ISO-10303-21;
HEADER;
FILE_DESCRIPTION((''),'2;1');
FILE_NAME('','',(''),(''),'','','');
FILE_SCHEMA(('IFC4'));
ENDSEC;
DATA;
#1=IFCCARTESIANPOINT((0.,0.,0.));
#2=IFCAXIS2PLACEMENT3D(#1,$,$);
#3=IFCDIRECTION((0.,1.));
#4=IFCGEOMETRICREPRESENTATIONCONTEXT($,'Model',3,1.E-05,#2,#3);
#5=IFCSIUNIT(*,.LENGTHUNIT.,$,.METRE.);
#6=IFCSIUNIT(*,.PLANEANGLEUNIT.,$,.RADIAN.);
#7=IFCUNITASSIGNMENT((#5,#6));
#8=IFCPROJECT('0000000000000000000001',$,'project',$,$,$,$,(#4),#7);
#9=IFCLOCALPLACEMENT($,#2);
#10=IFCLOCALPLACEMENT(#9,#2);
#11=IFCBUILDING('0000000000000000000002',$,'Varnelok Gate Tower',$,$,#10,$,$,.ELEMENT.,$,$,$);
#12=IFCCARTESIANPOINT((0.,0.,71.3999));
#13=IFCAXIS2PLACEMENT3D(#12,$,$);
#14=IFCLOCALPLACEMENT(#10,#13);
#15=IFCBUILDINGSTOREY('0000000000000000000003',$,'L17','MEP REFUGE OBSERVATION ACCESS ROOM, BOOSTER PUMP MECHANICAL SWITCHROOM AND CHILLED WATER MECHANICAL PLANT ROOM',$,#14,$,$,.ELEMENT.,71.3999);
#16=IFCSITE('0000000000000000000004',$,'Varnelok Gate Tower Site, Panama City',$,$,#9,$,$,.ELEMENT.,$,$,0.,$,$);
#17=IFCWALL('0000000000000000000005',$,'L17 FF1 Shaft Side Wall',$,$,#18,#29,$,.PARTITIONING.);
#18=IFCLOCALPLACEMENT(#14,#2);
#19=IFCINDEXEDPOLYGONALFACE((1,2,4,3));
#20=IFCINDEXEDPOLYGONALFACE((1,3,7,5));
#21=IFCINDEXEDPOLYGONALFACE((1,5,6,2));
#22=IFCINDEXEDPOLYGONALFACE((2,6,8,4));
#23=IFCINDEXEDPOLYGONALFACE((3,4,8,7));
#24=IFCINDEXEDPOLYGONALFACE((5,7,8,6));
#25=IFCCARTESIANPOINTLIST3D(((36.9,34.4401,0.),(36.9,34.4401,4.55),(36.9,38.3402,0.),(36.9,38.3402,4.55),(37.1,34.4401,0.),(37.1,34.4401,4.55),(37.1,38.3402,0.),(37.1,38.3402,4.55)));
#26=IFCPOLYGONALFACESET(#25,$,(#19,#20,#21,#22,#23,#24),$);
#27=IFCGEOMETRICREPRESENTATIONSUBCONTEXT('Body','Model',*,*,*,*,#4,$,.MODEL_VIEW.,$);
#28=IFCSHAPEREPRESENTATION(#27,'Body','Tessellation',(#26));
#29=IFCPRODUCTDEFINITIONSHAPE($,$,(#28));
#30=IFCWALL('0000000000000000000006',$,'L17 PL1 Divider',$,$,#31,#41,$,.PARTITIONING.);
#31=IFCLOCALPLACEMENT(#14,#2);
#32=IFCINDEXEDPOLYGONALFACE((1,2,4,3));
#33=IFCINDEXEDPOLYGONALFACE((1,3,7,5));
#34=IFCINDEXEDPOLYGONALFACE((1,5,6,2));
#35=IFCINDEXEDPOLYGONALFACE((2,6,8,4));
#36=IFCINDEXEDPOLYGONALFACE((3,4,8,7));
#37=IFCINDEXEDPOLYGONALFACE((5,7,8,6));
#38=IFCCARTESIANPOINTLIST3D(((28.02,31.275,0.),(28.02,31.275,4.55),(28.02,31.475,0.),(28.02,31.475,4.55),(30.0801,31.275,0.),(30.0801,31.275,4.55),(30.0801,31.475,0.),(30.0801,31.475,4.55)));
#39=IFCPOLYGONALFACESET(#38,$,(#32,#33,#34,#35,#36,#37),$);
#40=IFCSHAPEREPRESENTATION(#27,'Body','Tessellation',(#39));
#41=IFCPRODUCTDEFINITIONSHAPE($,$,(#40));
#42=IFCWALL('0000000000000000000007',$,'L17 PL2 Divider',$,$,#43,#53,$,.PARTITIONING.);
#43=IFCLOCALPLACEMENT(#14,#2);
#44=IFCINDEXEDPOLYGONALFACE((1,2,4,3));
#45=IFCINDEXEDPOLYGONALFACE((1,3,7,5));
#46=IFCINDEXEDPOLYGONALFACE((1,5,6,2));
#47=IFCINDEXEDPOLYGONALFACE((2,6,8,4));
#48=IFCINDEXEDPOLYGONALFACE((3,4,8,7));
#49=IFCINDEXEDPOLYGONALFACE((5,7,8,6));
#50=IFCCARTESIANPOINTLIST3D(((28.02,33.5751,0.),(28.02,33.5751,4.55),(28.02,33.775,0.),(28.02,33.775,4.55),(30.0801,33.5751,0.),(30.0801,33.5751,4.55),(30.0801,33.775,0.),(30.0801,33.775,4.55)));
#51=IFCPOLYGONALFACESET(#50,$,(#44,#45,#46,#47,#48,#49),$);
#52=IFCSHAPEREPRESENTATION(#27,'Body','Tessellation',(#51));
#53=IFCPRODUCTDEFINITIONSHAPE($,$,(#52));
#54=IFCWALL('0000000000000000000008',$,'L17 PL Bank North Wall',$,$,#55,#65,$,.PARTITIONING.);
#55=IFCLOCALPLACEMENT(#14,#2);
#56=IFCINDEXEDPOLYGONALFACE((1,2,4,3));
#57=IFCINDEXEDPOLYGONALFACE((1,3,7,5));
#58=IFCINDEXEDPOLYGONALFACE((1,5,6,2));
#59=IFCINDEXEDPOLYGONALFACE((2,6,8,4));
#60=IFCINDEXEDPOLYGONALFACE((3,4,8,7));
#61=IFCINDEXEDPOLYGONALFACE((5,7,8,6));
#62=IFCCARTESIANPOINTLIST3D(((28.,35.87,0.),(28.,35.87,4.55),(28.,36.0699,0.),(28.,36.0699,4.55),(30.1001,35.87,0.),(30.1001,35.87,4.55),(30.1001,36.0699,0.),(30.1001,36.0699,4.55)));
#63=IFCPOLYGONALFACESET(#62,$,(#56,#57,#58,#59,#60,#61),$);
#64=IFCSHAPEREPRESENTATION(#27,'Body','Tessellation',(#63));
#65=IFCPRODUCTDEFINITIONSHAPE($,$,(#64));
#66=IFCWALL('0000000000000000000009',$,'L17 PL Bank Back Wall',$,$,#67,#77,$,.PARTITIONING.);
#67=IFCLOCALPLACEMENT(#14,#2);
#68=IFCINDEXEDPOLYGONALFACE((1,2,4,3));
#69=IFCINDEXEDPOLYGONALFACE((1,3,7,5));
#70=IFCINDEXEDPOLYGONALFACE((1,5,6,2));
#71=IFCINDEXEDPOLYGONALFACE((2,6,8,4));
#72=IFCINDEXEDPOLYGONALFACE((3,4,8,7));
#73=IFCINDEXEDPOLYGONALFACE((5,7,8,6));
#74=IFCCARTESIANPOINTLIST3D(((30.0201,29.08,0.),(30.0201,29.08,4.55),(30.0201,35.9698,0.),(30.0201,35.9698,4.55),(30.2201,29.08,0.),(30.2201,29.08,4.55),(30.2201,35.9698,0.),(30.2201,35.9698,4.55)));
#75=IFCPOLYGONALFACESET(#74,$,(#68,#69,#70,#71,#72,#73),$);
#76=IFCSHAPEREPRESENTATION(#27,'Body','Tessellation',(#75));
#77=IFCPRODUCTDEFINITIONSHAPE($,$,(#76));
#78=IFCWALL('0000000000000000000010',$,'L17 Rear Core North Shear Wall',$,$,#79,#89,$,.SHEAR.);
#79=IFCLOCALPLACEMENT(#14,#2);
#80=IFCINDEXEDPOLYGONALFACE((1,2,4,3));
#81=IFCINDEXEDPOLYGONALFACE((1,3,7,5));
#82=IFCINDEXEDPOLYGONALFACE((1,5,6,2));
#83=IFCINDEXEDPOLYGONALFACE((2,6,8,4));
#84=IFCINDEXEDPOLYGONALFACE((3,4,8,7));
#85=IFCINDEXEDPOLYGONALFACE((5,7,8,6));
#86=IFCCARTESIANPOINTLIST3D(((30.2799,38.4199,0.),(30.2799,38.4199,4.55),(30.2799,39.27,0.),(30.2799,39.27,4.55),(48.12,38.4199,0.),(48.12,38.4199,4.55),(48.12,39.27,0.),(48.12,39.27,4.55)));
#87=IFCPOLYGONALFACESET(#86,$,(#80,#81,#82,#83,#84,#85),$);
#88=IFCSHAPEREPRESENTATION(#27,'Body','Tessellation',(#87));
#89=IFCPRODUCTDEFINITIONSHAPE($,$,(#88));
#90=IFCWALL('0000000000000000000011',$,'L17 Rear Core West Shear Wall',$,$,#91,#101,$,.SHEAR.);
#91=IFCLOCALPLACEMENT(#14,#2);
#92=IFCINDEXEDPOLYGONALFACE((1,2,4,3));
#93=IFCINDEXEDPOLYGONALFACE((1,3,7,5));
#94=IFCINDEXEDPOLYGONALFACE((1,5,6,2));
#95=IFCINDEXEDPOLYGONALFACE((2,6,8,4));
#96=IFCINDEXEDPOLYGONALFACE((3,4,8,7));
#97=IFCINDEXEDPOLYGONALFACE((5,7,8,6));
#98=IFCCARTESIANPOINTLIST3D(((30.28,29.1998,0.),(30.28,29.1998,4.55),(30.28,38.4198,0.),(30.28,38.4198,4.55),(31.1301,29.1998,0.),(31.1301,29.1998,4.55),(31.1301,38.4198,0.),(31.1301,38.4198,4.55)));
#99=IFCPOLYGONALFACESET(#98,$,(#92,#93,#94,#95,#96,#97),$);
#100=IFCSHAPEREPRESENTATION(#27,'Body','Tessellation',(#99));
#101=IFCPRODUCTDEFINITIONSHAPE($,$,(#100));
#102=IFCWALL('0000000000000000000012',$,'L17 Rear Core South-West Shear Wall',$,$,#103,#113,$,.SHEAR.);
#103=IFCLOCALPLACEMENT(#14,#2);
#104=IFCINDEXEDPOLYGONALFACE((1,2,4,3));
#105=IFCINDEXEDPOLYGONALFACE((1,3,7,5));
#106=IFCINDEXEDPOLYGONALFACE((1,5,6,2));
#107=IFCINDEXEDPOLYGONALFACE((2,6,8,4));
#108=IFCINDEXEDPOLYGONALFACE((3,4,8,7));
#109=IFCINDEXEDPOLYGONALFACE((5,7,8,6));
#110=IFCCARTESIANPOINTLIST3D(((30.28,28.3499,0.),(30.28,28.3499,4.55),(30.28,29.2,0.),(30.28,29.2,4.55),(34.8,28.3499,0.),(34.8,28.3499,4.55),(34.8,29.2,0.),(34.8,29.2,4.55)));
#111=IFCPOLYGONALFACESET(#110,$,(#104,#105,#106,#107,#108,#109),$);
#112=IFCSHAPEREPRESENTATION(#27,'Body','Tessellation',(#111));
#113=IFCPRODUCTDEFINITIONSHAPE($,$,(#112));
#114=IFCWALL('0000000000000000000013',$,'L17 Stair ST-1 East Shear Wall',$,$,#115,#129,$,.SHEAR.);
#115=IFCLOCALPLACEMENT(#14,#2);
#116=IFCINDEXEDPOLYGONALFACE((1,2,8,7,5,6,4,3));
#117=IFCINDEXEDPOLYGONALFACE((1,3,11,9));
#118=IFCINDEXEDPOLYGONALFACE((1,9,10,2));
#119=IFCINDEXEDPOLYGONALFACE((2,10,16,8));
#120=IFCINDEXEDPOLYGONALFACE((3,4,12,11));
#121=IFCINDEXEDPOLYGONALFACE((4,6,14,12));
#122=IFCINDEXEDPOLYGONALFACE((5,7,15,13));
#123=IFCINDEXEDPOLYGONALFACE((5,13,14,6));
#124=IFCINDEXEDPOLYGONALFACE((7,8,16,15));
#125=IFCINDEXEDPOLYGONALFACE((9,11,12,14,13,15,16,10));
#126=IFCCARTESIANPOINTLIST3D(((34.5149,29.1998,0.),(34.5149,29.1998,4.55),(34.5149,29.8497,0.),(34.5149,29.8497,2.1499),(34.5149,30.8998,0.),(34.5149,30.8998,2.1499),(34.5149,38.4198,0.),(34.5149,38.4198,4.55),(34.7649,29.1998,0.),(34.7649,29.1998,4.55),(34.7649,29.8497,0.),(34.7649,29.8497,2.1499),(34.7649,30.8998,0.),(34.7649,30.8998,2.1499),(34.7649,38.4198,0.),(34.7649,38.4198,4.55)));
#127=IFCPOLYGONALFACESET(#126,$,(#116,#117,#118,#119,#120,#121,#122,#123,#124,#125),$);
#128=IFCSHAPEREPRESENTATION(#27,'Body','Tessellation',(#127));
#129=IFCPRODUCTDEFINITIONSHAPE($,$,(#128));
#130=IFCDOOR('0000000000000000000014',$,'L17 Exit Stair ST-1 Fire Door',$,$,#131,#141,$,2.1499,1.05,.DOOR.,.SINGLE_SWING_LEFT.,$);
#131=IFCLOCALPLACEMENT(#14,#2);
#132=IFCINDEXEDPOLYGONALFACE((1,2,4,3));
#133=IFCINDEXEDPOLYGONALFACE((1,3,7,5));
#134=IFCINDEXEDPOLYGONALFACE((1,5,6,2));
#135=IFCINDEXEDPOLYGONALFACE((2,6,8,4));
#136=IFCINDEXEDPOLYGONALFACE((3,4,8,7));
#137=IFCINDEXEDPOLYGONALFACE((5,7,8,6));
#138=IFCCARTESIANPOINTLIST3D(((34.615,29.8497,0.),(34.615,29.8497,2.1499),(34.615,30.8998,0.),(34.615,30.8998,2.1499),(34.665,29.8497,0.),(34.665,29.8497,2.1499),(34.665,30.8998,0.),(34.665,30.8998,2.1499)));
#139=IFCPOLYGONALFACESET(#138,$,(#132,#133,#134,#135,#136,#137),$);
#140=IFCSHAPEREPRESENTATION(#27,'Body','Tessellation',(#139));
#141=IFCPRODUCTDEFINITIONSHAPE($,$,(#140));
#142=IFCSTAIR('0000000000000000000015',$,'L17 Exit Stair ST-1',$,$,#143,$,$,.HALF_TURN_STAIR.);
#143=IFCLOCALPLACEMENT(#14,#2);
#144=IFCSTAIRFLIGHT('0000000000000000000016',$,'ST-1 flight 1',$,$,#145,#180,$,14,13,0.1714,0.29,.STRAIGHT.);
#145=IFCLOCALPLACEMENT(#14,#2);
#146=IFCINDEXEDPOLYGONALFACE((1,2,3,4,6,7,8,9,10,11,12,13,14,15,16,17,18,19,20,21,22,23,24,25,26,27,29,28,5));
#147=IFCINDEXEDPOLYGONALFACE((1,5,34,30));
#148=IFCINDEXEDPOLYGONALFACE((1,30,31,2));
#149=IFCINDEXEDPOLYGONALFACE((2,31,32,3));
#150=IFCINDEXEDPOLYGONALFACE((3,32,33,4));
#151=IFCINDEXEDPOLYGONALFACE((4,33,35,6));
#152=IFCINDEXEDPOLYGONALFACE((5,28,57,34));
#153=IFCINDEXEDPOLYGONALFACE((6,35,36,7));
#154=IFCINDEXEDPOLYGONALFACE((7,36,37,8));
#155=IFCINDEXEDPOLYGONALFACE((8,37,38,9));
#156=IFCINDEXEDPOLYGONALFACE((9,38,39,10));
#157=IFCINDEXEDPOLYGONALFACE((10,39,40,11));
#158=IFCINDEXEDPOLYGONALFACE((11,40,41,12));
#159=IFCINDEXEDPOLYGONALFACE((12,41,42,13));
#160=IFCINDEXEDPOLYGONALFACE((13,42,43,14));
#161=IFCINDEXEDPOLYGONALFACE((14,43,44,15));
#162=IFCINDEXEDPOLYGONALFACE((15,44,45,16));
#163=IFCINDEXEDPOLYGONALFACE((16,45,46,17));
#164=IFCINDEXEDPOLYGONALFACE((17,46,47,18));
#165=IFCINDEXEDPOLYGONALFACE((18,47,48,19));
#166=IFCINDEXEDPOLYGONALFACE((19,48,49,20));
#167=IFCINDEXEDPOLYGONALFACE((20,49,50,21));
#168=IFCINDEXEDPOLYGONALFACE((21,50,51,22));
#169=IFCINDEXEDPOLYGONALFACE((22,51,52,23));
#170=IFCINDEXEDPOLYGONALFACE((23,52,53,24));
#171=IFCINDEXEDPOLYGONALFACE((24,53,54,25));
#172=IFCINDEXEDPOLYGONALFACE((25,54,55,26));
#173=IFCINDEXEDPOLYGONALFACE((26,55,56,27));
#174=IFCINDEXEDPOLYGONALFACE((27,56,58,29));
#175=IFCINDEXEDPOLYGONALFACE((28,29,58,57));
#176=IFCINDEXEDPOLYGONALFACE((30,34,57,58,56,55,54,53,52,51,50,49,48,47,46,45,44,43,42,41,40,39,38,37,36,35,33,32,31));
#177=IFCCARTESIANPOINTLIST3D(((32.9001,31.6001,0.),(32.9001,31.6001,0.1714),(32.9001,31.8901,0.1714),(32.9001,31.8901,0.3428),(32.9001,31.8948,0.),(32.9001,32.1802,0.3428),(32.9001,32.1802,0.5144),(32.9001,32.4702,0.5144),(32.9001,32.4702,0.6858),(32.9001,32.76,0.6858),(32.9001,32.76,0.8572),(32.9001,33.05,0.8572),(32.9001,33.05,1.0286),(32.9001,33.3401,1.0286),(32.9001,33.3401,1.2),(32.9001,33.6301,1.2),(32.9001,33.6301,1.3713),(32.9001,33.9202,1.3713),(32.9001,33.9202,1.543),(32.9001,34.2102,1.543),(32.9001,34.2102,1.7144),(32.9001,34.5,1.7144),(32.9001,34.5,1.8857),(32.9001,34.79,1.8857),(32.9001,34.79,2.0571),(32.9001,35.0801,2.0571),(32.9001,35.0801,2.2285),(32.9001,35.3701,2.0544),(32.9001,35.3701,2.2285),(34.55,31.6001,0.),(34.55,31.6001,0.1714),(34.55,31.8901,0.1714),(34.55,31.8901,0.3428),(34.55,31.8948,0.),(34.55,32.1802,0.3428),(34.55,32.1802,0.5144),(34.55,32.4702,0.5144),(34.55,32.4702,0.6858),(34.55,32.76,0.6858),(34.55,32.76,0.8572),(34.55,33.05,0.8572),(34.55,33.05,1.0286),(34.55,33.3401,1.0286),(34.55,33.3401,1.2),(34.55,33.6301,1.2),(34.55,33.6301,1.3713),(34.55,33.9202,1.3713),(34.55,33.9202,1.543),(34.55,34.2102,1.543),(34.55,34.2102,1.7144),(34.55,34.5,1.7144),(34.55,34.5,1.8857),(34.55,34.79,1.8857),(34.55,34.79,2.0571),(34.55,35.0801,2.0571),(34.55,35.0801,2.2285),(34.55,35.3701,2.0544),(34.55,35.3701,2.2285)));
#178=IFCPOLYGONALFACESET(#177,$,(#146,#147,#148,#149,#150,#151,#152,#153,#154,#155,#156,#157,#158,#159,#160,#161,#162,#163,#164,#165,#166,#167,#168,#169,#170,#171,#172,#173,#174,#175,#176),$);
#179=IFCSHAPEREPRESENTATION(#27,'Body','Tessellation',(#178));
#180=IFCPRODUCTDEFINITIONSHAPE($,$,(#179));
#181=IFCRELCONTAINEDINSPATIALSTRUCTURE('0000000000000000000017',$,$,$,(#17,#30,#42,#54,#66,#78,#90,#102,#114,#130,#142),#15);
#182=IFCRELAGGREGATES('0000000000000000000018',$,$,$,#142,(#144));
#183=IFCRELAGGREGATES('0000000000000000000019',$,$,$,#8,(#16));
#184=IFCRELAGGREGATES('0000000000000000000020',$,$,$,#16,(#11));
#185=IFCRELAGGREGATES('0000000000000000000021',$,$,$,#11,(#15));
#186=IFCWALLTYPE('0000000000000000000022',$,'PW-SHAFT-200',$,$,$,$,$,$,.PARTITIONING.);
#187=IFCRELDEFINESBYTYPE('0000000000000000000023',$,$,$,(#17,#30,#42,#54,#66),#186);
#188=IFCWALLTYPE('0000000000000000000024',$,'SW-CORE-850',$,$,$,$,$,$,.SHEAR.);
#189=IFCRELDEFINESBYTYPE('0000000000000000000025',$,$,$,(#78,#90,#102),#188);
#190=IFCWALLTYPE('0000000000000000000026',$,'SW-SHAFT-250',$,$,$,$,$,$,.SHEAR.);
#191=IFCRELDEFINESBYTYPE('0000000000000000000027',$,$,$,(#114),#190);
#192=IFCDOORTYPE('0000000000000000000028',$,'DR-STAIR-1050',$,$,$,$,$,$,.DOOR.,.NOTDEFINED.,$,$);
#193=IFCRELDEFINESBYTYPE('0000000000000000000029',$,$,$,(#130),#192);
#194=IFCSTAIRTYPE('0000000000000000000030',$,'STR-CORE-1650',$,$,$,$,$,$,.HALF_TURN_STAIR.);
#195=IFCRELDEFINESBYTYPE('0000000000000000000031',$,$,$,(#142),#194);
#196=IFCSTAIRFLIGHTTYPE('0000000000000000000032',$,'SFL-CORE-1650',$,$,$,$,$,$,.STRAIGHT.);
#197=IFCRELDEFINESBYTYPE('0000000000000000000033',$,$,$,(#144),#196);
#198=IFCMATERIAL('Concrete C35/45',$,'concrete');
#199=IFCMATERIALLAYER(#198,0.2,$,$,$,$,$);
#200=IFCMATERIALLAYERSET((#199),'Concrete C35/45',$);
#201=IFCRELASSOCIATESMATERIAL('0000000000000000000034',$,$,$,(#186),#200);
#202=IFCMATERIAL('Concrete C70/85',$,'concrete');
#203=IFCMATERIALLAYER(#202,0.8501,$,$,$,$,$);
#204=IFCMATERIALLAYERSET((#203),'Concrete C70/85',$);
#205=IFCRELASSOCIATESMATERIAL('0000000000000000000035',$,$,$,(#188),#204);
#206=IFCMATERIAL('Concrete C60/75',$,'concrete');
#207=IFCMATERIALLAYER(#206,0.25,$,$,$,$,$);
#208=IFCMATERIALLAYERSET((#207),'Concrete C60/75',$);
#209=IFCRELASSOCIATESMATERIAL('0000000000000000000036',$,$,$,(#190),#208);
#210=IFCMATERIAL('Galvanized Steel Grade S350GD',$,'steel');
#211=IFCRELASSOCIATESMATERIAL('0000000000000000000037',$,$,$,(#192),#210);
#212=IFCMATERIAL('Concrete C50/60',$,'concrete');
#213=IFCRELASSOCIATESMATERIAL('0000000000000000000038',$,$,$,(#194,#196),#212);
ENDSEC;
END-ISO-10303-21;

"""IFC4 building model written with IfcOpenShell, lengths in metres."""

from ifc_helpers import new_model, si_unit, direction, frame, frame_2d, origin, place, context, subcontext, project, spatial, polyline, rectangle, outline, extrude, material, layer, layer_set, type_object, element, fill, aggregate, save


model = new_model("IFC4")

# Units and contexts
model_context = context("Model", 3, precision=1e-05, world=origin(), true_north=direction((0.0, 1.0)))
body_context = subcontext(model_context, "Body", "Model", "MODEL_VIEW")
ifc_project = project(units=[si_unit("LENGTHUNIT", "METRE"), si_unit("PLANEANGLEUNIT", "RADIAN")], contexts=[model_context])

# Site, building, storey
site_placement = place(None, origin())
site = spatial("IfcSite", under=ifc_project, at=site_placement, Name="Varnelok Gate Tower Site, Panama City", CompositionType="ELEMENT", RefElevation=0.0)
building_placement = place(site_placement, origin())
building = spatial("IfcBuilding", under=site, at=building_placement, Name="Varnelok Gate Tower", CompositionType="ELEMENT")
storey_placement = place(building_placement, frame((0.0, 0.0, 71.3999)))
storey = spatial("IfcBuildingStorey", under=building, at=storey_placement, Name="L17", Description="MEP REFUGE OBSERVATION ACCESS ROOM, BOOSTER PUMP MECHANICAL SWITCHROOM AND CHILLED WATER MECHANICAL PLANT ROOM", CompositionType="ELEMENT", Elevation=71.3999)

# Shared definitions
ifc_material_1 = material(Name="Concrete C70/85", Category="concrete")

# Shared definitions
ifc_material_2 = material(Name="Concrete C60/75", Category="concrete")

# Shared definitions
ifc_material_3 = material(Name="Concrete C35/45", Category="concrete")
ifc_layer_1 = layer(ifc_material_3, 0.2)
ifc_layer_set_1 = layer_set([ifc_layer_1], Name="Concrete C35/45")
wall_type_1 = type_object("IfcWallType", Name="PW-SHAFT-200", PredefinedType="PARTITIONING", material=ifc_layer_set_1)
ifc_material_4 = material(Name="Galvanized Steel Grade S350GD", Category="steel")

# Walls
wall_1_placement = place(storey_placement, frame((37.0, 34.4399, 0.0), z_axis=(0.0, 0.0, 1.0), x_axis=(0.0, 1.0, 0.0)))
element("IfcWall", 1, at=wall_1_placement, inside=storey, type_object=wall_type_1, Name="L17 FF1 Shaft Side Wall", PredefinedType="PARTITIONING", context=body_context, shape_type="SweptSolid", body=[
    extrude(rectangle(XDim=3.9001, YDim=0.2, at=frame_2d((1.9502, 0.0))), origin(), (0.0, 0.0, 1.0), 4.55),
])
for number, where, z_axis, x_axis, name in (
    (2, (28.02, 31.375, 0.0), (0.0, 0.0, 1.0), (1.0, 0.0, 0.0), "L17 PL1 Divider"),
    (3, (28.02, 33.675, 0.0), (0.0, 0.0, 1.0), (1.0, 0.0, 0.0), "L17 PL2 Divider"),
):
    element("IfcWall", number, at=place(storey_placement, frame(where, z_axis=z_axis, x_axis=x_axis)), inside=storey, type_object=wall_type_1, Name=name, PredefinedType="PARTITIONING", context=body_context, shape_type="SweptSolid", body=[
        extrude(rectangle(XDim=2.0601, YDim=0.2, at=frame_2d((1.03, 0.0))), origin(), (0.0, 0.0, 1.0), 4.55),
    ])
wall_2_placement = place(storey_placement, frame((28.0, 35.97, 0.0), z_axis=(0.0, 0.0, 1.0), x_axis=(1.0, 0.0, 0.0)))
element("IfcWall", 4, at=wall_2_placement, inside=storey, type_object=wall_type_1, Name="L17 PL Bank North Wall", PredefinedType="PARTITIONING", context=body_context, shape_type="SweptSolid", body=[
    extrude(rectangle(XDim=2.1001, YDim=0.2, at=frame_2d((1.05, 0.0))), origin(), (0.0, 0.0, 1.0), 4.55),
])
wall_3_placement = place(storey_placement, frame((30.1201, 29.0801, 0.0), z_axis=(0.0, 0.0, 1.0), x_axis=(0.0, 1.0, 0.0)))
element("IfcWall", 5, at=wall_3_placement, inside=storey, type_object=wall_type_1, Name="L17 PL Bank Back Wall", PredefinedType="PARTITIONING", context=body_context, shape_type="SweptSolid", body=[
    extrude(rectangle(XDim=6.8899, YDim=0.2, at=frame_2d((3.4448, 0.0))), origin(), (0.0, 0.0, 1.0), 4.55),
])
ifc_layer_2 = layer(ifc_material_1, 0.8501)
ifc_layer_set_2 = layer_set([ifc_layer_2], Name="Concrete C70/85")
wall_type_2 = type_object("IfcWallType", Name="SW-CORE-850", PredefinedType="SHEAR", material=ifc_layer_set_2)
wall_4_placement = place(storey_placement, frame((30.28, 38.845, 0.0), z_axis=(0.0, 0.0, 1.0), x_axis=(1.0, 0.0, 0.0)))
element("IfcWall", 6, at=wall_4_placement, inside=storey, type_object=wall_type_2, Name="L17 Rear Core North Shear Wall", PredefinedType="SHEAR", context=body_context, shape_type="SweptSolid", body=[
    extrude(rectangle(XDim=17.8401, YDim=0.8501, at=frame_2d((8.9199, 0.0))), origin(), (0.0, 0.0, 1.0), 4.55),
])
wall_5_placement = place(storey_placement, frame((30.7051, 29.2, 0.0), z_axis=(0.0, 0.0, 1.0), x_axis=(0.0, 1.0, 0.0)))
element("IfcWall", 7, at=wall_5_placement, inside=storey, type_object=wall_type_2, Name="L17 Rear Core West Shear Wall", PredefinedType="SHEAR", context=body_context, shape_type="SweptSolid", body=[
    extrude(rectangle(XDim=9.22, YDim=0.8501, at=frame_2d((4.6099, 0.0))), origin(), (0.0, 0.0, 1.0), 4.55),
])
wall_6_placement = place(storey_placement, frame((30.28, 28.7749, 0.0), z_axis=(0.0, 0.0, 1.0), x_axis=(1.0, 0.0, 0.0)))
element("IfcWall", 8, at=wall_6_placement, inside=storey, type_object=wall_type_2, Name="L17 Rear Core South-West Shear Wall", PredefinedType="SHEAR", context=body_context, shape_type="SweptSolid", body=[
    extrude(rectangle(XDim=4.52, YDim=0.8501, at=frame_2d((2.26, 0.0))), origin(), (0.0, 0.0, 1.0), 4.55),
])

# Wall, opening, door
ifc_layer_3 = layer(ifc_material_2, 0.25)
ifc_layer_set_3 = layer_set([ifc_layer_3], Name="Concrete C60/75")
wall_type_3 = type_object("IfcWallType", Name="SW-SHAFT-250", PredefinedType="SHEAR", material=ifc_layer_set_3)
wall_7_placement = place(storey_placement, frame((34.6399, 29.2, 0.0), z_axis=(0.0, 0.0, 1.0), x_axis=(0.0, 1.0, 0.0)))
wall_7 = element("IfcWall", 9, at=wall_7_placement, inside=storey, type_object=wall_type_3, Name="L17 Stair ST-1 East Shear Wall", PredefinedType="SHEAR", context=body_context, shape_type="SweptSolid", body=[
    extrude(rectangle(XDim=9.22, YDim=0.25, at=frame_2d((4.6099, 0.0))), origin(), (0.0, 0.0, 1.0), 4.55),
])
opening_1_placement = place(wall_7_placement, frame((0.6499, 0.0, 0.0)))
opening_1 = element("IfcOpeningElement", 10, at=opening_1_placement, cuts=wall_7, PredefinedType="OPENING", context=body_context, shape_type="SweptSolid", body=[
    extrude(rectangle(XDim=1.05, YDim=2.1499, at=frame_2d((0.5249, 1.075))), frame((0.0, 0.135, 0.0), z_axis=(0.0, -1.0, 0.0), x_axis=(1.0, 0.0, 0.0)), (0.0, 0.0, 1.0), 0.27),
])
door_type_1 = type_object("IfcDoorType", Name="DR-STAIR-1050", OperationType="NOTDEFINED", PredefinedType="DOOR", material=ifc_material_4)
door_1_placement = place(opening_1_placement, origin())
door_1 = element("IfcDoor", 11, at=door_1_placement, inside=storey, type_object=door_type_1, Name="L17 Exit Stair ST-1 Fire Door", OperationType="SINGLE_SWING_LEFT", OverallHeight=2.1499, OverallWidth=1.05, PredefinedType="DOOR", context=body_context, shape_type="SweptSolid", body=[
    extrude(rectangle(XDim=1.05, YDim=2.1499, at=frame_2d((0.5249, 1.075))), frame((0.0, 0.0249, 0.0), z_axis=(0.0, -1.0, 0.0), x_axis=(1.0, 0.0, 0.0)), (0.0, 0.0, 1.0), 0.05),
])
fill(opening_1, door_1)

# Stair, stair flight
ifc_material_5 = material(Name="Concrete C50/60", Category="concrete")
stair_type = type_object("IfcStairType", Name="STR-CORE-1650", PredefinedType="HALF_TURN_STAIR", material=ifc_material_5)
stair_placement = place(storey_placement, origin())
stair = element("IfcStair", 12, at=stair_placement, inside=storey, type_object=stair_type, Name="L17 Exit Stair ST-1", PredefinedType="HALF_TURN_STAIR")
stair_flight_type = type_object("IfcStairFlightType", Name="SFL-CORE-1650", PredefinedType="STRAIGHT", material=ifc_material_5)
stair_flight_1_placement = place(storey_placement, frame((33.7251, 31.6001, 0.0), z_axis=(0.0, 0.0, 1.0), x_axis=(0.0, 1.0, 0.0)))
stair_flight_1 = element("IfcStairFlight", 13, at=stair_flight_1_placement, type_object=stair_flight_type, Name="ST-1 flight 1", NumberOfRisers=14, NumberOfTreads=13, PredefinedType="STRAIGHT", RiserHeight=0.1714, TreadLength=0.29, context=body_context, shape_type="SweptSolid", body=[
    extrude(outline(polyline([(0.0, 0.0), (0.0, 0.1714), (0.29, 0.1714), (0.29, 0.3428), (0.5801, 0.3428), (0.5801, 0.5144), (0.8701, 0.5144), (0.8701, 0.6858), (1.1599, 0.6858), (1.1599, 0.8572), (1.45, 0.8572), (1.45, 1.0286), (1.74, 1.0286), (1.74, 1.2), (2.03, 1.2), (2.03, 1.3713), (2.3201, 1.3713), (2.3201, 1.543), (2.6101, 1.543), (2.6101, 1.7144), (2.8999, 1.7144), (2.8999, 1.8857), (3.1899, 1.8857), (3.1899, 2.0571), (3.48, 2.0571), (3.48, 2.2285), (3.77, 2.2285), (3.77, 2.3999), (3.77, 2.0544), (0.2947, 0.0), (0.0, 0.0)])), frame((0.0, 0.825, 0.0), z_axis=(0.0, -1.0, 0.0), x_axis=(1.0, 0.0, 0.0)), (0.0, 0.0, 1.0), 1.6499),
])
aggregate(stair, [stair_flight_1])

save(model, "model.ifc")
